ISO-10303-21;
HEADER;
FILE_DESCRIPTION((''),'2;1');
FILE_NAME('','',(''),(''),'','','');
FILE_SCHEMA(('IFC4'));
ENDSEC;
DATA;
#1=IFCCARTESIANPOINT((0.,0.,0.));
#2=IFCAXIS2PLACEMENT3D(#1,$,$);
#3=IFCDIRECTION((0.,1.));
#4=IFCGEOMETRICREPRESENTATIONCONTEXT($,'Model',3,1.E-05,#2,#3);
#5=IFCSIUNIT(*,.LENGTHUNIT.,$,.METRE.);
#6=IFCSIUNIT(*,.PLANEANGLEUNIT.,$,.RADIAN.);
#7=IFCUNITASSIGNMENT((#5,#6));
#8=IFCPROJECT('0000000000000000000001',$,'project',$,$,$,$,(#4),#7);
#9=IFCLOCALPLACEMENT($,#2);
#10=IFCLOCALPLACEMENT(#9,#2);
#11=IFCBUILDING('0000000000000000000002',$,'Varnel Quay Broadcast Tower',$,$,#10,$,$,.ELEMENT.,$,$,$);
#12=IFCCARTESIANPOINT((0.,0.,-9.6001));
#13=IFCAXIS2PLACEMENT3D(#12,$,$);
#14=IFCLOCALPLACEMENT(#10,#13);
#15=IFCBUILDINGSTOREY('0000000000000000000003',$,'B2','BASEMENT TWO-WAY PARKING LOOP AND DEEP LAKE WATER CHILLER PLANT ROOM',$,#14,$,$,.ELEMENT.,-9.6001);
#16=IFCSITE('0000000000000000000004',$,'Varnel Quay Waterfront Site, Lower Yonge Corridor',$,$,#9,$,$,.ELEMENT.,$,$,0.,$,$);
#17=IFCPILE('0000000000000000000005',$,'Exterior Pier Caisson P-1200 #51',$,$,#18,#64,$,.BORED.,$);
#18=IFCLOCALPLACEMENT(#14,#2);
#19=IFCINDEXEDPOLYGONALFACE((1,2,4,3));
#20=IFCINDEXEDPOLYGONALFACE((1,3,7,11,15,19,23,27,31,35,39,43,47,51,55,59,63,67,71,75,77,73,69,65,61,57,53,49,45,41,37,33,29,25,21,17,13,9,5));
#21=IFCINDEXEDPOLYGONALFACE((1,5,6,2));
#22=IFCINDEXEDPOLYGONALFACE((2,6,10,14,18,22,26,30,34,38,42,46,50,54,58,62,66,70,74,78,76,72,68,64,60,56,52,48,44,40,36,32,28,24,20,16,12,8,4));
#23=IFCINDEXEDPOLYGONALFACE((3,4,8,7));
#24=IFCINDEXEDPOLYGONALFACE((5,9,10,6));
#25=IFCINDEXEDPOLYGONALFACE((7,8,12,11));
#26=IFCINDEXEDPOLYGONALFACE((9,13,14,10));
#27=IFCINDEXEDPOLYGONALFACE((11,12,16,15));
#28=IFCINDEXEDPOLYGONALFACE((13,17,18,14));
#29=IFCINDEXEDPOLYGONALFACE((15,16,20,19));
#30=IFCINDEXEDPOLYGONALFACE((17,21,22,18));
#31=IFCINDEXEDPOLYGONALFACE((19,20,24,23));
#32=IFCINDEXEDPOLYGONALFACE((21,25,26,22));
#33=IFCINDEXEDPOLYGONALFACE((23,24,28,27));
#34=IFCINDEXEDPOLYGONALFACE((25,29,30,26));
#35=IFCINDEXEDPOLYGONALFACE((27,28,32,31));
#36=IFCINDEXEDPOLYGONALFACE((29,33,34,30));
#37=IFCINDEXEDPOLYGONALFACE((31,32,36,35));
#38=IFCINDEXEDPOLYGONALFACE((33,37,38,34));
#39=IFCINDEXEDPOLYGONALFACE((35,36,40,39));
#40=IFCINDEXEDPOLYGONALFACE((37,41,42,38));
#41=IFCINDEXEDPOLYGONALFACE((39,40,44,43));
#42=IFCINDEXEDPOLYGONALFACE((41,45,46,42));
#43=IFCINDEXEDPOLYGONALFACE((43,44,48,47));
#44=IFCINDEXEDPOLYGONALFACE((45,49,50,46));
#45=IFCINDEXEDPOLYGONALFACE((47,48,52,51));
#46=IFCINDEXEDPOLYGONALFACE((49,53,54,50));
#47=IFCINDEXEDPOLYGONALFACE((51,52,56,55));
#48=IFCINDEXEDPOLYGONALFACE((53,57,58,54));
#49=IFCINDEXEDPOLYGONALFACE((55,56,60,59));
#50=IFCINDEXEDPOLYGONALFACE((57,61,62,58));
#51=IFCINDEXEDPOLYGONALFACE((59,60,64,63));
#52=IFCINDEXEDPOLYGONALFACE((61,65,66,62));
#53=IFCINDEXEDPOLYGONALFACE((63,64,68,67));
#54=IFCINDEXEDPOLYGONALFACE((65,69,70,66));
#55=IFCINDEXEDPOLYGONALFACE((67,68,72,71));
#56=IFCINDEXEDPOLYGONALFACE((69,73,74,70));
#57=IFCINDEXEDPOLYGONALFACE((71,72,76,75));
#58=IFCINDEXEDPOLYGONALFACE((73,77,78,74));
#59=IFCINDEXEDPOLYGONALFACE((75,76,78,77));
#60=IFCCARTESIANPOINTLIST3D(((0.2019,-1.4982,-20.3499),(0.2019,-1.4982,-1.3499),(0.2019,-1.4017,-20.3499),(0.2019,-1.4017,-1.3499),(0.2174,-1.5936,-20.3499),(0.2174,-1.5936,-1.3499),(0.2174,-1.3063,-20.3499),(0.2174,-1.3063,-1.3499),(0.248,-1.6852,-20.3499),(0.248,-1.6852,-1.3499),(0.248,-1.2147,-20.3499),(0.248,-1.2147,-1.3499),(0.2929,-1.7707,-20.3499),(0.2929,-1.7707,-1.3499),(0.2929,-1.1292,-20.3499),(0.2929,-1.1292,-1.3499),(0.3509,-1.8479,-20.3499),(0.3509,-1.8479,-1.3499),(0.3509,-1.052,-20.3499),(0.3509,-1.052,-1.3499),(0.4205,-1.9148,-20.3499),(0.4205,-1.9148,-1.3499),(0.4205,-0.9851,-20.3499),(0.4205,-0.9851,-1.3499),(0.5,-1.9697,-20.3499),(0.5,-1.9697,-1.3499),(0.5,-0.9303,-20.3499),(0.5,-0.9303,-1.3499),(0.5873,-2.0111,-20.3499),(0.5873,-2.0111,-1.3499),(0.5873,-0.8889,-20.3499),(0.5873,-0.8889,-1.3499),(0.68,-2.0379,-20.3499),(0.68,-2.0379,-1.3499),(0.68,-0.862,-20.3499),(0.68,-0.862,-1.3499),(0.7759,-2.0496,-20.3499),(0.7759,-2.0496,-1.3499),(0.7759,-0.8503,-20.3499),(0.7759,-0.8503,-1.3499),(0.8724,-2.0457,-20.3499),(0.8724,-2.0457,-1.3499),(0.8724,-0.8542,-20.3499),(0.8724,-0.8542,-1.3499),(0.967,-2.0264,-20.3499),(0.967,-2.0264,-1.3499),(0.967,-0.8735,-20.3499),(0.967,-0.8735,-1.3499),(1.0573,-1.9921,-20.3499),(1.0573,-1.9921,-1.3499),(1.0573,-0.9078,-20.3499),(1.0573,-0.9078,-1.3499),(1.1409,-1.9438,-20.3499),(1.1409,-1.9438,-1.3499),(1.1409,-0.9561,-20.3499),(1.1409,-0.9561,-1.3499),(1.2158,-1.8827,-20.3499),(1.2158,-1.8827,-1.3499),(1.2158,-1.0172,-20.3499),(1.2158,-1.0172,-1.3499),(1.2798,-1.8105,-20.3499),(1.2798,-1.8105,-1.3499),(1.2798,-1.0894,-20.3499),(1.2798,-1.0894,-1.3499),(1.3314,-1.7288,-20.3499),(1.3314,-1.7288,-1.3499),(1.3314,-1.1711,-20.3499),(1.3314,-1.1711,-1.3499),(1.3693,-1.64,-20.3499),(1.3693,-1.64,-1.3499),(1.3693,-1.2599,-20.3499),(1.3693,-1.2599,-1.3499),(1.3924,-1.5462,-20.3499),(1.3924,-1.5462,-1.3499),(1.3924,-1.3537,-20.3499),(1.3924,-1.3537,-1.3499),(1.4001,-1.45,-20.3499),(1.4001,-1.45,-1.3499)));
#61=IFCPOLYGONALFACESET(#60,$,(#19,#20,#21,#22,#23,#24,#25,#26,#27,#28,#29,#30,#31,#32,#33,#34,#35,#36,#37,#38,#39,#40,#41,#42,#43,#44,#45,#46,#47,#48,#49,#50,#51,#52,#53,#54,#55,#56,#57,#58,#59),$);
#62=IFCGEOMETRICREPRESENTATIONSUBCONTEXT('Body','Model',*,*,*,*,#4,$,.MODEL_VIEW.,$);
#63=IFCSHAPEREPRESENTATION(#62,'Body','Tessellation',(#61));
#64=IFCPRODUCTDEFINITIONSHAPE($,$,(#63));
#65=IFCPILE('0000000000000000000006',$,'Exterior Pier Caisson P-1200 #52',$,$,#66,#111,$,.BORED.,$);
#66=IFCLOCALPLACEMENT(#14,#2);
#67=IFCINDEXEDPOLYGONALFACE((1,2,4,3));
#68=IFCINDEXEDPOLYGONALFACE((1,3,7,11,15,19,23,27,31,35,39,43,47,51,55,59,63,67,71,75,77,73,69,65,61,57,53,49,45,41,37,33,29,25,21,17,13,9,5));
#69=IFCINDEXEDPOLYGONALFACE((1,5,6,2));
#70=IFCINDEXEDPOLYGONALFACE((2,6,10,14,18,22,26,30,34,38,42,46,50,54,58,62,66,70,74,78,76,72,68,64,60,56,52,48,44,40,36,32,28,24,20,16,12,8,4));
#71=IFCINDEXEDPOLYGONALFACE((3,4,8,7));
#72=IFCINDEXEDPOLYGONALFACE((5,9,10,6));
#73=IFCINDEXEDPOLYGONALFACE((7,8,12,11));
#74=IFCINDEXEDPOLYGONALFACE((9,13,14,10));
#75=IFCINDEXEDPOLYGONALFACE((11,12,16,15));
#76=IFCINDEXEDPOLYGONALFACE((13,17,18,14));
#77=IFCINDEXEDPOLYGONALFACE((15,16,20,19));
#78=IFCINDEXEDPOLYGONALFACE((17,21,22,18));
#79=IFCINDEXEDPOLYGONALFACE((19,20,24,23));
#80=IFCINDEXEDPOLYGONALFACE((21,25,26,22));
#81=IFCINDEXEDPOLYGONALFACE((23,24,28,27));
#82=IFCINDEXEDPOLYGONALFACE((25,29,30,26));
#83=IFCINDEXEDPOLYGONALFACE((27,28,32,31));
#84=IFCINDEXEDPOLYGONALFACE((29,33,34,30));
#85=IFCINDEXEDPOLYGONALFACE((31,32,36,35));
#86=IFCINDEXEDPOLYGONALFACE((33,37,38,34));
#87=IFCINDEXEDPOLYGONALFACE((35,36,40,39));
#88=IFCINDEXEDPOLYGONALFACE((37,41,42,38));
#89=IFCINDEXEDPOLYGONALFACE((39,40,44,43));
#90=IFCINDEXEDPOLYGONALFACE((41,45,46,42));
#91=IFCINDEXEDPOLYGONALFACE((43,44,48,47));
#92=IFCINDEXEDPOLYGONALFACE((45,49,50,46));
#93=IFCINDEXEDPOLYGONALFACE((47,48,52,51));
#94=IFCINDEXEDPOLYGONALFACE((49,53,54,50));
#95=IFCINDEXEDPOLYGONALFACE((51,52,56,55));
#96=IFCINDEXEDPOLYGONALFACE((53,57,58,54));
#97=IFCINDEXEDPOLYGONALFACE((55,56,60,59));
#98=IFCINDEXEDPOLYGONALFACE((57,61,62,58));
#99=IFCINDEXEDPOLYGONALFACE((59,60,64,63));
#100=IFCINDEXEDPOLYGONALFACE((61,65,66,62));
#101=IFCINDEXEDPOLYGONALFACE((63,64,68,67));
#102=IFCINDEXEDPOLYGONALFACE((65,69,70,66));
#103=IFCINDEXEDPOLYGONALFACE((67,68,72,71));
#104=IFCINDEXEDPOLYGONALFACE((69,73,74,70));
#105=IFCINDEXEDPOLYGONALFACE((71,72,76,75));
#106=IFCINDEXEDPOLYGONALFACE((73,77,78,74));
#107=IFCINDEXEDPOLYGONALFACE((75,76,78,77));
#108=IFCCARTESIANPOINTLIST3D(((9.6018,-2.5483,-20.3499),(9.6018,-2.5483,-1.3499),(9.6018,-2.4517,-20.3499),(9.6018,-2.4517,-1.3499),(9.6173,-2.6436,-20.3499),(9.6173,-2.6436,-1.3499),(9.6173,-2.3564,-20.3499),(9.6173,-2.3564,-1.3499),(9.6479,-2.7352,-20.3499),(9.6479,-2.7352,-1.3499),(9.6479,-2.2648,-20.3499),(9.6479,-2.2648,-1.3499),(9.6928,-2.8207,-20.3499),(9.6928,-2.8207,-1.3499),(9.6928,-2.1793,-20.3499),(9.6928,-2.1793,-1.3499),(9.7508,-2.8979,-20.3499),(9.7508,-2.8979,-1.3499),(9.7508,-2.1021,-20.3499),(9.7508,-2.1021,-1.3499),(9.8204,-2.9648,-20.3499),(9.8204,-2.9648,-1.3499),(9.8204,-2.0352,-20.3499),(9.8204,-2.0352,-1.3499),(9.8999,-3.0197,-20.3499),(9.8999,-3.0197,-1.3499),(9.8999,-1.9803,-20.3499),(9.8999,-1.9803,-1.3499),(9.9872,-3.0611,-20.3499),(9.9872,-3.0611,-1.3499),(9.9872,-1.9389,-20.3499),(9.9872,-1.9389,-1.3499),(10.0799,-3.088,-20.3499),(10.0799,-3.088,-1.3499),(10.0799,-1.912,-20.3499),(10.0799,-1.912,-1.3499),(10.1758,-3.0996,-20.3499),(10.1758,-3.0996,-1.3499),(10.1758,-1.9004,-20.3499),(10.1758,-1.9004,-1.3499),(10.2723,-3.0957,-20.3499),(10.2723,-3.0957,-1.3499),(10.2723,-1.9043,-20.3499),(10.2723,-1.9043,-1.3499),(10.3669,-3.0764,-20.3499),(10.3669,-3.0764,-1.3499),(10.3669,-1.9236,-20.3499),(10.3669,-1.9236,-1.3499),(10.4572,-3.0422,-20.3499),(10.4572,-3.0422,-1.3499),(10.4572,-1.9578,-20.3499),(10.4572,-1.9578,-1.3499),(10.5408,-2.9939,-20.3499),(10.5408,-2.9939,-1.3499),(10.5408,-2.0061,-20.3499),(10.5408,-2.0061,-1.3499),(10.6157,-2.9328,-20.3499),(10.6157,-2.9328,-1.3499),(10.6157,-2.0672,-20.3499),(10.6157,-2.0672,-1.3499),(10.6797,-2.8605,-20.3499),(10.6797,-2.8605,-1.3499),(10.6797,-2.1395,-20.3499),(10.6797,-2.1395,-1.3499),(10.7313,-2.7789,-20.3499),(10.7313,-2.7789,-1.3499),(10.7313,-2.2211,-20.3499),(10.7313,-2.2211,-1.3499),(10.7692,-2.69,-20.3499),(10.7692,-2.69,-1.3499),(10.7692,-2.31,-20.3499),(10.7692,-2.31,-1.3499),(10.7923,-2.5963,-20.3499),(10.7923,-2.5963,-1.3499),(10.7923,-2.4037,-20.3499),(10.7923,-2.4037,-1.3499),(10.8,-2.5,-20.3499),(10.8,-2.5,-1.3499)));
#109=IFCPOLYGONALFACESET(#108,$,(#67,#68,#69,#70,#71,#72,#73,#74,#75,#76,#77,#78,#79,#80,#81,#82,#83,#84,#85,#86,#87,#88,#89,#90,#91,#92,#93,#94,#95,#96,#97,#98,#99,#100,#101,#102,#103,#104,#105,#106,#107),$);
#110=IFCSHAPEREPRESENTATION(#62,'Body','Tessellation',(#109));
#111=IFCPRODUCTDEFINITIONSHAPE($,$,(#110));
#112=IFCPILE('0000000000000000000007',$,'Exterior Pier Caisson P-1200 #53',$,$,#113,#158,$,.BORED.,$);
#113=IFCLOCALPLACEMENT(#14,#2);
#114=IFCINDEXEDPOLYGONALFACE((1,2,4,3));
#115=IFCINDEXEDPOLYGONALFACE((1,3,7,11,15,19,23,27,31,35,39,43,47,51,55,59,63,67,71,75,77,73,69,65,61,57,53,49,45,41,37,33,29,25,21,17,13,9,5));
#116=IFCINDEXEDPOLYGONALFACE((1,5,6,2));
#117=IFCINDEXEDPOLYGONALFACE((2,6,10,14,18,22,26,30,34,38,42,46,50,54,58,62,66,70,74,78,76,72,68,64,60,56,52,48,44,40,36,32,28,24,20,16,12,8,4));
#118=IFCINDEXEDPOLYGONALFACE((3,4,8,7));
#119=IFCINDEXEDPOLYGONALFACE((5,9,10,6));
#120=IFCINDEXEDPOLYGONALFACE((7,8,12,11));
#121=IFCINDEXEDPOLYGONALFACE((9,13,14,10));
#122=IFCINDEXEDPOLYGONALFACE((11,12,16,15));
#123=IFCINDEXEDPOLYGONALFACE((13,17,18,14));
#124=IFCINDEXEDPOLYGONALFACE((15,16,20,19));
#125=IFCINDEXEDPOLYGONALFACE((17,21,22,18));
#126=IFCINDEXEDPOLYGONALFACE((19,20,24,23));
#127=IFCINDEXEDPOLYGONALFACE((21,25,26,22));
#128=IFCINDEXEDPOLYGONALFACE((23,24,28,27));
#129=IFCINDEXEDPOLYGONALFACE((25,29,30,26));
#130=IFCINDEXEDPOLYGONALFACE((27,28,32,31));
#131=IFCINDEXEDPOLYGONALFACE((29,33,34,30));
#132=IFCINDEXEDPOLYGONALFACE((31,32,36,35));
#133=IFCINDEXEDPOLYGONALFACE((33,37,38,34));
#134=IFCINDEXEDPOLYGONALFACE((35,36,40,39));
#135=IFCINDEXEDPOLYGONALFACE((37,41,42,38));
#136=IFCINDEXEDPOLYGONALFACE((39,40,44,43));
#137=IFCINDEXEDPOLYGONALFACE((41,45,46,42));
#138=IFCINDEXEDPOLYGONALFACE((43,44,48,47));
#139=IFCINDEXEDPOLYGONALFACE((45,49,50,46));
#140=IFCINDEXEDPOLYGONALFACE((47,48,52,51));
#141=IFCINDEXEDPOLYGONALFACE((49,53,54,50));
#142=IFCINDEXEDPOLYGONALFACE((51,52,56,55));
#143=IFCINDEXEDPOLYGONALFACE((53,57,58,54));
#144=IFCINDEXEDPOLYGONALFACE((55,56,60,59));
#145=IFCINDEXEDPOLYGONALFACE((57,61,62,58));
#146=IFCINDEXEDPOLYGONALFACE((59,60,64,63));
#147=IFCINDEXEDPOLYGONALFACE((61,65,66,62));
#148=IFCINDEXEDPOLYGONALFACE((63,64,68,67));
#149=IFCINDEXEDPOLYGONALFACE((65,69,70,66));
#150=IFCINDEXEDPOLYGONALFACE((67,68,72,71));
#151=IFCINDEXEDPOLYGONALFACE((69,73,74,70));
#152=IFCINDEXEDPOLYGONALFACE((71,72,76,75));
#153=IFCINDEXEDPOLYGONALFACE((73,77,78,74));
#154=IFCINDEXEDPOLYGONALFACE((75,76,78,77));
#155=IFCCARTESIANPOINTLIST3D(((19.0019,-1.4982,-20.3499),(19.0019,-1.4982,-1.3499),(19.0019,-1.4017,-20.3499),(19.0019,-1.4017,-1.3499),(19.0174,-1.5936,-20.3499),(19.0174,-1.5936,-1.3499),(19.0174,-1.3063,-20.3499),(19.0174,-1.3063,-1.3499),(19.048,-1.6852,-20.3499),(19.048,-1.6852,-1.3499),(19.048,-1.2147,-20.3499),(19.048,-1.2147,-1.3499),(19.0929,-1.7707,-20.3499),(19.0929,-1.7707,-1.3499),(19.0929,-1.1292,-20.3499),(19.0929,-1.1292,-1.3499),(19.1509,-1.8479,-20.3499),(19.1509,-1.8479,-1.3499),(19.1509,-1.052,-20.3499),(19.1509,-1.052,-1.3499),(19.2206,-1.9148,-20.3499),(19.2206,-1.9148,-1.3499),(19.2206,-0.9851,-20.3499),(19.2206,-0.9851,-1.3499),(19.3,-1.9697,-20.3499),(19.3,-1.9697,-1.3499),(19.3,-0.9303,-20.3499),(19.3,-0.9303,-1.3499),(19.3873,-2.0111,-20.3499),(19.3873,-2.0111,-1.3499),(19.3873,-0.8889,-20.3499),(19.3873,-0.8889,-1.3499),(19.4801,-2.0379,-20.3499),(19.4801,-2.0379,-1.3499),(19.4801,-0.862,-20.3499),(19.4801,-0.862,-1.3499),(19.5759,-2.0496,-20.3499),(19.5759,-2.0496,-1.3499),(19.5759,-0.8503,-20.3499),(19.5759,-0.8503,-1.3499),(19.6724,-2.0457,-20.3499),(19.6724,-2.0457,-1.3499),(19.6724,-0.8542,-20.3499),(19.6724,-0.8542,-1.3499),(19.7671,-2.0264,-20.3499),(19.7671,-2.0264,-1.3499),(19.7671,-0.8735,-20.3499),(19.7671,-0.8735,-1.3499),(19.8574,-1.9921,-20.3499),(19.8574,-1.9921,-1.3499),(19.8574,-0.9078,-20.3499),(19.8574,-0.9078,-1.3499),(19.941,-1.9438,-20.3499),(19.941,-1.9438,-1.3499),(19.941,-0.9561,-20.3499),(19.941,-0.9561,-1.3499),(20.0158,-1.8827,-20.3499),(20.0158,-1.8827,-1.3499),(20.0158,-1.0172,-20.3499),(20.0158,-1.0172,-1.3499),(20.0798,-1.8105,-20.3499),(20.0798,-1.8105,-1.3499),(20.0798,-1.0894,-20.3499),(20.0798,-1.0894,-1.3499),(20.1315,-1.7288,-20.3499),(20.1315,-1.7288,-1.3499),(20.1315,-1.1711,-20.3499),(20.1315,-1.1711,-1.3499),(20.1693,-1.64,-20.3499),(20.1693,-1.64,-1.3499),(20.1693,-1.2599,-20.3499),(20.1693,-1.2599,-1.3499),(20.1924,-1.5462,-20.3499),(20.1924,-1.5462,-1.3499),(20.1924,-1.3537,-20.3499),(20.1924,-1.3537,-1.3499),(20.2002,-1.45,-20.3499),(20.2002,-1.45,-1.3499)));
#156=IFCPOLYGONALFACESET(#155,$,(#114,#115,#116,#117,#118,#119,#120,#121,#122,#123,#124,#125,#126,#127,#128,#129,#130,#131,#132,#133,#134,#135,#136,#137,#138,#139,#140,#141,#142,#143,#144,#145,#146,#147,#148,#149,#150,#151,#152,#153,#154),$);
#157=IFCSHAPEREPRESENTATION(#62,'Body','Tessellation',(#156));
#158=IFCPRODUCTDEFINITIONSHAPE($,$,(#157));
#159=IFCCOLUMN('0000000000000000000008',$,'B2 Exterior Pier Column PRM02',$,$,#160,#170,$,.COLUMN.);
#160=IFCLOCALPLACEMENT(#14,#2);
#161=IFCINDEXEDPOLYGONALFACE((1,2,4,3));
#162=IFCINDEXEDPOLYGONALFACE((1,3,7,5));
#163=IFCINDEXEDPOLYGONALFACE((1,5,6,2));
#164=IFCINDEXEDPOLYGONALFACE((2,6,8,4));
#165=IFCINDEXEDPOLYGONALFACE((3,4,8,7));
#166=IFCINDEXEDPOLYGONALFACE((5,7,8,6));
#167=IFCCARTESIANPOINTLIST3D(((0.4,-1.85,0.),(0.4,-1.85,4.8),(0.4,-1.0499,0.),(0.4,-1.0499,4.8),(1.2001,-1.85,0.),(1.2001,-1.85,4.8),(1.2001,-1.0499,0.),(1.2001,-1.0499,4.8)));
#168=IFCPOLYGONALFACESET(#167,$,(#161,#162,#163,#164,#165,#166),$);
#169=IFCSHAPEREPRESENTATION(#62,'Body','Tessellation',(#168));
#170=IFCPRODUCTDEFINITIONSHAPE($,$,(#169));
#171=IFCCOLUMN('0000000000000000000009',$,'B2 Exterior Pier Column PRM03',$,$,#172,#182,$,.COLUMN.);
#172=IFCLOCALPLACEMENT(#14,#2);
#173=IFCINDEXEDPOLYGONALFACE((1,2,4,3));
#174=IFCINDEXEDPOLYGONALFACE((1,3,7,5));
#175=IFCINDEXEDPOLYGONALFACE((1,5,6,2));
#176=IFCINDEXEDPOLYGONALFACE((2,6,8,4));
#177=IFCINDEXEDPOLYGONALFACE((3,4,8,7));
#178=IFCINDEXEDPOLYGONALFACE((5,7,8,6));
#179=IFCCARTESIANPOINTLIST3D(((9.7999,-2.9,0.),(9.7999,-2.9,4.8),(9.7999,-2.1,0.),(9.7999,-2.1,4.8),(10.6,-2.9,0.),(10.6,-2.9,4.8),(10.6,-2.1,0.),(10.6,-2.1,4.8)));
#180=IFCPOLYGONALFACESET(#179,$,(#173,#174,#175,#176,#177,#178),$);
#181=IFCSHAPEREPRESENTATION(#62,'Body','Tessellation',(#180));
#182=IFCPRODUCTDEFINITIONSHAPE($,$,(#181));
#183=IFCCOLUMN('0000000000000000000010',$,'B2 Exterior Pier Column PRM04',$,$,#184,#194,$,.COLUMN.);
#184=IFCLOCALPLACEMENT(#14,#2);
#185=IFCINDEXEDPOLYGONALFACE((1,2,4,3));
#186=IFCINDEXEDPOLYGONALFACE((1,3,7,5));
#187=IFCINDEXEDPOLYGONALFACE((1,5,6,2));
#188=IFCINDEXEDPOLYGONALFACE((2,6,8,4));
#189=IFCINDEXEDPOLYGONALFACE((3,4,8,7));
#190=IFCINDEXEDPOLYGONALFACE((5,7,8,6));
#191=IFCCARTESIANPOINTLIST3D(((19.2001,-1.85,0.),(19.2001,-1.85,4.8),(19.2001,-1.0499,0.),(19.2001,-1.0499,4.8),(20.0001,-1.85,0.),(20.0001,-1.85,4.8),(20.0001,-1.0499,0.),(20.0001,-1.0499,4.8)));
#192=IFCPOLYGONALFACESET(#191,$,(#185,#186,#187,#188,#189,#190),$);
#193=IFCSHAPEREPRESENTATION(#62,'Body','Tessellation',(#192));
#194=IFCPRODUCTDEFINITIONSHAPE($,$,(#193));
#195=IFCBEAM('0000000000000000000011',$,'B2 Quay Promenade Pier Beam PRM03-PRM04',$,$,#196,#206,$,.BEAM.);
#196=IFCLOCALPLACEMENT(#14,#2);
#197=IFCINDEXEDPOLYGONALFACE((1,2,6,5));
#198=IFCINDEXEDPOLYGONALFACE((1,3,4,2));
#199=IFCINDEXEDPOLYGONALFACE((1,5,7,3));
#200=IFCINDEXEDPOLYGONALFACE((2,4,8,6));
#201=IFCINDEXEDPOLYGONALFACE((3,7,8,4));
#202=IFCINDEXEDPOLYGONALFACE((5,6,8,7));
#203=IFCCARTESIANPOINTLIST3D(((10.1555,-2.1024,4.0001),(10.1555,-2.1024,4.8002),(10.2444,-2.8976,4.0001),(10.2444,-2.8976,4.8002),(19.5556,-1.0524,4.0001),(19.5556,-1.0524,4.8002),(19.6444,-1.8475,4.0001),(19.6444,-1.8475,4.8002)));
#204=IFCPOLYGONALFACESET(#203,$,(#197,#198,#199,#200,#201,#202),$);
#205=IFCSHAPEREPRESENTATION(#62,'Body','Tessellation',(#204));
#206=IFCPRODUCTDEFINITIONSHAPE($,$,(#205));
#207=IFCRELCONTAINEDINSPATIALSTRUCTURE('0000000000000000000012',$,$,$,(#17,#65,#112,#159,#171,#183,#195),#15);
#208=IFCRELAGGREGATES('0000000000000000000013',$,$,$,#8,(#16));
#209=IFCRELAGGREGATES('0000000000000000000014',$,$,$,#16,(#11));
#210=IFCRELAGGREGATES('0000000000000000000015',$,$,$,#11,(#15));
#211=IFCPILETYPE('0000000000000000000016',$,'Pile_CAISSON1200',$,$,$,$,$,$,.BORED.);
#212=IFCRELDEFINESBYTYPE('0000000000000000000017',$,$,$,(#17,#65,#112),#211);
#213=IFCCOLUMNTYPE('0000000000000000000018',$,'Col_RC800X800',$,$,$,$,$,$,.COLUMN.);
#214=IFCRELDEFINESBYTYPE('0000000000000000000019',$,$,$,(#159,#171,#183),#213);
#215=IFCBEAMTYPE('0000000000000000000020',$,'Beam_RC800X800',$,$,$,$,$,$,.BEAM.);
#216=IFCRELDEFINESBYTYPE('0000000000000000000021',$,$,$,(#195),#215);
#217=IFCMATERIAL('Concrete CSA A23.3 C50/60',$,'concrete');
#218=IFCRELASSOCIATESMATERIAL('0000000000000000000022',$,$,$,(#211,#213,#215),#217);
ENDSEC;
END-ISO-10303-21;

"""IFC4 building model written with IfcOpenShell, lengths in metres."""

from ifc_helpers import new_model, si_unit, direction, frame, origin, origin_2d, place, context, subcontext, project, spatial, rectangle, circle, extrude, source, transform, mapped, material, material_profile, profile_set, type_object, type_shapes, element, save


model = new_model("IFC4")

# Units and contexts
model_context = context("Model", 3, precision=1e-05, world=origin(), true_north=direction((0.0, 1.0)))
body_context = subcontext(model_context, "Body", "Model", "MODEL_VIEW")
ifc_project = project(units=[si_unit("LENGTHUNIT", "METRE"), si_unit("PLANEANGLEUNIT", "RADIAN")], contexts=[model_context])

# Site, building, storey
site_placement = place(None, origin())
site = spatial("IfcSite", under=ifc_project, at=site_placement, Name="Varnel Quay Waterfront Site, Lower Yonge Corridor", CompositionType="ELEMENT", RefElevation=0.0)
building_placement = place(site_placement, origin())
building = spatial("IfcBuilding", under=site, at=building_placement, Name="Varnel Quay Broadcast Tower", CompositionType="ELEMENT")
storey_placement = place(building_placement, frame((0.0, 0.0, -9.6001)))
storey = spatial("IfcBuildingStorey", under=building, at=storey_placement, Name="B2", Description="BASEMENT TWO-WAY PARKING LOOP AND DEEP LAKE WATER CHILLER PLANT ROOM", CompositionType="ELEMENT", Elevation=-9.6001)

# Piles
ifc_material_1 = material(Name="Concrete CSA A23.3 C50/60", Category="concrete")
ifc_material_profile_1 = material_profile(ifc_material_1, circle(Radius=0.6001, at=origin_2d()), Name="CAISSON1200")
ifc_profile_set_1 = profile_set([ifc_material_profile_1], Name="Concrete CSA A23.3 C50/60")
pile_type = type_object("IfcPileType", Name="Pile_CAISSON1200", PredefinedType="BORED", material=ifc_profile_set_1)
shared_shape_1 = source(origin(), body_context, "Body", "SweptSolid", [
    extrude(circle(Radius=0.6001, at=origin_2d()), origin(), (0.0, 0.0, 1.0), 19.0),
])
type_shapes(pile_type, [shared_shape_1])
for number, where, z_axis, x_axis, name in (
    (1, (0.8, -1.45, -1.3499), (0.0, 0.0, -1.0), (1.0, 0.0, 0.0), "Exterior Pier Caisson P-1200 #51"),
    (2, (10.2, -2.5, -1.3499), (0.0, 0.0, -1.0), (1.0, 0.0, 0.0), "Exterior Pier Caisson P-1200 #52"),
    (3, (19.6001, -1.45, -1.3499), (0.0, 0.0, -1.0), (1.0, 0.0, 0.0), "Exterior Pier Caisson P-1200 #53"),
):
    element("IfcPile", number, at=place(storey_placement, frame(where, z_axis=z_axis, x_axis=x_axis)), inside=storey, type_object=pile_type, Name=name, PredefinedType="BORED", context=body_context, shape_type="MappedRepresentation", body=[
        mapped(shared_shape_1, transform((0.0, 0.0, 0.0), x_axis=(1.0, 0.0, 0.0), y_axis=(0.0, 1.0, 0.0), z_axis=(0.0, 0.0, 1.0), scale=1.0)),
    ])

# Columns
ifc_material_profile_2 = material_profile(ifc_material_1, rectangle(XDim=0.8, YDim=0.8, at=origin_2d()), Name="RC800X800")
ifc_profile_set_2 = profile_set([ifc_material_profile_2], Name="Concrete CSA A23.3 C50/60")
column_type = type_object("IfcColumnType", Name="Col_RC800X800", PredefinedType="COLUMN", material=ifc_profile_set_2)
shared_shape_2 = source(origin(), body_context, "Body", "SweptSolid", [
    extrude(rectangle(XDim=0.8, YDim=0.8, at=origin_2d()), origin(), (0.0, 0.0, 1.0), 4.8),
])
type_shapes(column_type, [shared_shape_2])
for number, where, z_axis, x_axis, name in (
    (4, (0.8, -1.45, 0.0), (0.0, 0.0, 1.0), (1.0, 0.0, 0.0), "B2 Exterior Pier Column PRM02"),
    (5, (10.2, -2.5, 0.0), (0.0, 0.0, 1.0), (1.0, 0.0, 0.0), "B2 Exterior Pier Column PRM03"),
    (6, (19.6001, -1.45, 0.0), (0.0, 0.0, 1.0), (1.0, 0.0, 0.0), "B2 Exterior Pier Column PRM04"),
):
    element("IfcColumn", number, at=place(storey_placement, frame(where, z_axis=z_axis, x_axis=x_axis)), inside=storey, type_object=column_type, Name=name, PredefinedType="COLUMN", context=body_context, shape_type="MappedRepresentation", body=[
        mapped(shared_shape_2, transform((0.0, 0.0, 0.0), x_axis=(1.0, 0.0, 0.0), y_axis=(0.0, 1.0, 0.0), z_axis=(0.0, 0.0, 1.0), scale=1.0)),
    ])

# Beam
ifc_material_profile_3 = material_profile(ifc_material_1, rectangle(XDim=0.8, YDim=0.8, at=origin_2d()), Name="RC800X800")
ifc_profile_set_3 = profile_set([ifc_material_profile_3], Name="Concrete CSA A23.3 C50/60")
beam_type = type_object("IfcBeamType", Name="Beam_RC800X800", PredefinedType="BEAM", material=ifc_profile_set_3)
shared_shape_3 = source(origin(), body_context, "Body", "SweptSolid", [
    extrude(rectangle(XDim=0.8, YDim=0.8, at=origin_2d()), origin(), (0.0, 0.0, 1.0), 9.4585),
])
beam_1_placement = place(storey_placement, frame((10.2, -2.5, 4.4001), z_axis=(0.993819, 0.111015, 0.0), x_axis=(-0.111015, 0.993819, 0.0)))
element("IfcBeam", 7, at=beam_1_placement, inside=storey, type_object=beam_type, Name="B2 Quay Promenade Pier Beam PRM03-PRM04", PredefinedType="BEAM", context=body_context, shape_type="MappedRepresentation", body=[
    mapped(shared_shape_3, transform((0.0, 0.0, 0.0), x_axis=(1.0, 0.0, 0.0), y_axis=(0.0, 1.0, 0.0), z_axis=(0.0, 0.0, 1.0), scale=1.0)),
])

save(model, "model.ifc")
